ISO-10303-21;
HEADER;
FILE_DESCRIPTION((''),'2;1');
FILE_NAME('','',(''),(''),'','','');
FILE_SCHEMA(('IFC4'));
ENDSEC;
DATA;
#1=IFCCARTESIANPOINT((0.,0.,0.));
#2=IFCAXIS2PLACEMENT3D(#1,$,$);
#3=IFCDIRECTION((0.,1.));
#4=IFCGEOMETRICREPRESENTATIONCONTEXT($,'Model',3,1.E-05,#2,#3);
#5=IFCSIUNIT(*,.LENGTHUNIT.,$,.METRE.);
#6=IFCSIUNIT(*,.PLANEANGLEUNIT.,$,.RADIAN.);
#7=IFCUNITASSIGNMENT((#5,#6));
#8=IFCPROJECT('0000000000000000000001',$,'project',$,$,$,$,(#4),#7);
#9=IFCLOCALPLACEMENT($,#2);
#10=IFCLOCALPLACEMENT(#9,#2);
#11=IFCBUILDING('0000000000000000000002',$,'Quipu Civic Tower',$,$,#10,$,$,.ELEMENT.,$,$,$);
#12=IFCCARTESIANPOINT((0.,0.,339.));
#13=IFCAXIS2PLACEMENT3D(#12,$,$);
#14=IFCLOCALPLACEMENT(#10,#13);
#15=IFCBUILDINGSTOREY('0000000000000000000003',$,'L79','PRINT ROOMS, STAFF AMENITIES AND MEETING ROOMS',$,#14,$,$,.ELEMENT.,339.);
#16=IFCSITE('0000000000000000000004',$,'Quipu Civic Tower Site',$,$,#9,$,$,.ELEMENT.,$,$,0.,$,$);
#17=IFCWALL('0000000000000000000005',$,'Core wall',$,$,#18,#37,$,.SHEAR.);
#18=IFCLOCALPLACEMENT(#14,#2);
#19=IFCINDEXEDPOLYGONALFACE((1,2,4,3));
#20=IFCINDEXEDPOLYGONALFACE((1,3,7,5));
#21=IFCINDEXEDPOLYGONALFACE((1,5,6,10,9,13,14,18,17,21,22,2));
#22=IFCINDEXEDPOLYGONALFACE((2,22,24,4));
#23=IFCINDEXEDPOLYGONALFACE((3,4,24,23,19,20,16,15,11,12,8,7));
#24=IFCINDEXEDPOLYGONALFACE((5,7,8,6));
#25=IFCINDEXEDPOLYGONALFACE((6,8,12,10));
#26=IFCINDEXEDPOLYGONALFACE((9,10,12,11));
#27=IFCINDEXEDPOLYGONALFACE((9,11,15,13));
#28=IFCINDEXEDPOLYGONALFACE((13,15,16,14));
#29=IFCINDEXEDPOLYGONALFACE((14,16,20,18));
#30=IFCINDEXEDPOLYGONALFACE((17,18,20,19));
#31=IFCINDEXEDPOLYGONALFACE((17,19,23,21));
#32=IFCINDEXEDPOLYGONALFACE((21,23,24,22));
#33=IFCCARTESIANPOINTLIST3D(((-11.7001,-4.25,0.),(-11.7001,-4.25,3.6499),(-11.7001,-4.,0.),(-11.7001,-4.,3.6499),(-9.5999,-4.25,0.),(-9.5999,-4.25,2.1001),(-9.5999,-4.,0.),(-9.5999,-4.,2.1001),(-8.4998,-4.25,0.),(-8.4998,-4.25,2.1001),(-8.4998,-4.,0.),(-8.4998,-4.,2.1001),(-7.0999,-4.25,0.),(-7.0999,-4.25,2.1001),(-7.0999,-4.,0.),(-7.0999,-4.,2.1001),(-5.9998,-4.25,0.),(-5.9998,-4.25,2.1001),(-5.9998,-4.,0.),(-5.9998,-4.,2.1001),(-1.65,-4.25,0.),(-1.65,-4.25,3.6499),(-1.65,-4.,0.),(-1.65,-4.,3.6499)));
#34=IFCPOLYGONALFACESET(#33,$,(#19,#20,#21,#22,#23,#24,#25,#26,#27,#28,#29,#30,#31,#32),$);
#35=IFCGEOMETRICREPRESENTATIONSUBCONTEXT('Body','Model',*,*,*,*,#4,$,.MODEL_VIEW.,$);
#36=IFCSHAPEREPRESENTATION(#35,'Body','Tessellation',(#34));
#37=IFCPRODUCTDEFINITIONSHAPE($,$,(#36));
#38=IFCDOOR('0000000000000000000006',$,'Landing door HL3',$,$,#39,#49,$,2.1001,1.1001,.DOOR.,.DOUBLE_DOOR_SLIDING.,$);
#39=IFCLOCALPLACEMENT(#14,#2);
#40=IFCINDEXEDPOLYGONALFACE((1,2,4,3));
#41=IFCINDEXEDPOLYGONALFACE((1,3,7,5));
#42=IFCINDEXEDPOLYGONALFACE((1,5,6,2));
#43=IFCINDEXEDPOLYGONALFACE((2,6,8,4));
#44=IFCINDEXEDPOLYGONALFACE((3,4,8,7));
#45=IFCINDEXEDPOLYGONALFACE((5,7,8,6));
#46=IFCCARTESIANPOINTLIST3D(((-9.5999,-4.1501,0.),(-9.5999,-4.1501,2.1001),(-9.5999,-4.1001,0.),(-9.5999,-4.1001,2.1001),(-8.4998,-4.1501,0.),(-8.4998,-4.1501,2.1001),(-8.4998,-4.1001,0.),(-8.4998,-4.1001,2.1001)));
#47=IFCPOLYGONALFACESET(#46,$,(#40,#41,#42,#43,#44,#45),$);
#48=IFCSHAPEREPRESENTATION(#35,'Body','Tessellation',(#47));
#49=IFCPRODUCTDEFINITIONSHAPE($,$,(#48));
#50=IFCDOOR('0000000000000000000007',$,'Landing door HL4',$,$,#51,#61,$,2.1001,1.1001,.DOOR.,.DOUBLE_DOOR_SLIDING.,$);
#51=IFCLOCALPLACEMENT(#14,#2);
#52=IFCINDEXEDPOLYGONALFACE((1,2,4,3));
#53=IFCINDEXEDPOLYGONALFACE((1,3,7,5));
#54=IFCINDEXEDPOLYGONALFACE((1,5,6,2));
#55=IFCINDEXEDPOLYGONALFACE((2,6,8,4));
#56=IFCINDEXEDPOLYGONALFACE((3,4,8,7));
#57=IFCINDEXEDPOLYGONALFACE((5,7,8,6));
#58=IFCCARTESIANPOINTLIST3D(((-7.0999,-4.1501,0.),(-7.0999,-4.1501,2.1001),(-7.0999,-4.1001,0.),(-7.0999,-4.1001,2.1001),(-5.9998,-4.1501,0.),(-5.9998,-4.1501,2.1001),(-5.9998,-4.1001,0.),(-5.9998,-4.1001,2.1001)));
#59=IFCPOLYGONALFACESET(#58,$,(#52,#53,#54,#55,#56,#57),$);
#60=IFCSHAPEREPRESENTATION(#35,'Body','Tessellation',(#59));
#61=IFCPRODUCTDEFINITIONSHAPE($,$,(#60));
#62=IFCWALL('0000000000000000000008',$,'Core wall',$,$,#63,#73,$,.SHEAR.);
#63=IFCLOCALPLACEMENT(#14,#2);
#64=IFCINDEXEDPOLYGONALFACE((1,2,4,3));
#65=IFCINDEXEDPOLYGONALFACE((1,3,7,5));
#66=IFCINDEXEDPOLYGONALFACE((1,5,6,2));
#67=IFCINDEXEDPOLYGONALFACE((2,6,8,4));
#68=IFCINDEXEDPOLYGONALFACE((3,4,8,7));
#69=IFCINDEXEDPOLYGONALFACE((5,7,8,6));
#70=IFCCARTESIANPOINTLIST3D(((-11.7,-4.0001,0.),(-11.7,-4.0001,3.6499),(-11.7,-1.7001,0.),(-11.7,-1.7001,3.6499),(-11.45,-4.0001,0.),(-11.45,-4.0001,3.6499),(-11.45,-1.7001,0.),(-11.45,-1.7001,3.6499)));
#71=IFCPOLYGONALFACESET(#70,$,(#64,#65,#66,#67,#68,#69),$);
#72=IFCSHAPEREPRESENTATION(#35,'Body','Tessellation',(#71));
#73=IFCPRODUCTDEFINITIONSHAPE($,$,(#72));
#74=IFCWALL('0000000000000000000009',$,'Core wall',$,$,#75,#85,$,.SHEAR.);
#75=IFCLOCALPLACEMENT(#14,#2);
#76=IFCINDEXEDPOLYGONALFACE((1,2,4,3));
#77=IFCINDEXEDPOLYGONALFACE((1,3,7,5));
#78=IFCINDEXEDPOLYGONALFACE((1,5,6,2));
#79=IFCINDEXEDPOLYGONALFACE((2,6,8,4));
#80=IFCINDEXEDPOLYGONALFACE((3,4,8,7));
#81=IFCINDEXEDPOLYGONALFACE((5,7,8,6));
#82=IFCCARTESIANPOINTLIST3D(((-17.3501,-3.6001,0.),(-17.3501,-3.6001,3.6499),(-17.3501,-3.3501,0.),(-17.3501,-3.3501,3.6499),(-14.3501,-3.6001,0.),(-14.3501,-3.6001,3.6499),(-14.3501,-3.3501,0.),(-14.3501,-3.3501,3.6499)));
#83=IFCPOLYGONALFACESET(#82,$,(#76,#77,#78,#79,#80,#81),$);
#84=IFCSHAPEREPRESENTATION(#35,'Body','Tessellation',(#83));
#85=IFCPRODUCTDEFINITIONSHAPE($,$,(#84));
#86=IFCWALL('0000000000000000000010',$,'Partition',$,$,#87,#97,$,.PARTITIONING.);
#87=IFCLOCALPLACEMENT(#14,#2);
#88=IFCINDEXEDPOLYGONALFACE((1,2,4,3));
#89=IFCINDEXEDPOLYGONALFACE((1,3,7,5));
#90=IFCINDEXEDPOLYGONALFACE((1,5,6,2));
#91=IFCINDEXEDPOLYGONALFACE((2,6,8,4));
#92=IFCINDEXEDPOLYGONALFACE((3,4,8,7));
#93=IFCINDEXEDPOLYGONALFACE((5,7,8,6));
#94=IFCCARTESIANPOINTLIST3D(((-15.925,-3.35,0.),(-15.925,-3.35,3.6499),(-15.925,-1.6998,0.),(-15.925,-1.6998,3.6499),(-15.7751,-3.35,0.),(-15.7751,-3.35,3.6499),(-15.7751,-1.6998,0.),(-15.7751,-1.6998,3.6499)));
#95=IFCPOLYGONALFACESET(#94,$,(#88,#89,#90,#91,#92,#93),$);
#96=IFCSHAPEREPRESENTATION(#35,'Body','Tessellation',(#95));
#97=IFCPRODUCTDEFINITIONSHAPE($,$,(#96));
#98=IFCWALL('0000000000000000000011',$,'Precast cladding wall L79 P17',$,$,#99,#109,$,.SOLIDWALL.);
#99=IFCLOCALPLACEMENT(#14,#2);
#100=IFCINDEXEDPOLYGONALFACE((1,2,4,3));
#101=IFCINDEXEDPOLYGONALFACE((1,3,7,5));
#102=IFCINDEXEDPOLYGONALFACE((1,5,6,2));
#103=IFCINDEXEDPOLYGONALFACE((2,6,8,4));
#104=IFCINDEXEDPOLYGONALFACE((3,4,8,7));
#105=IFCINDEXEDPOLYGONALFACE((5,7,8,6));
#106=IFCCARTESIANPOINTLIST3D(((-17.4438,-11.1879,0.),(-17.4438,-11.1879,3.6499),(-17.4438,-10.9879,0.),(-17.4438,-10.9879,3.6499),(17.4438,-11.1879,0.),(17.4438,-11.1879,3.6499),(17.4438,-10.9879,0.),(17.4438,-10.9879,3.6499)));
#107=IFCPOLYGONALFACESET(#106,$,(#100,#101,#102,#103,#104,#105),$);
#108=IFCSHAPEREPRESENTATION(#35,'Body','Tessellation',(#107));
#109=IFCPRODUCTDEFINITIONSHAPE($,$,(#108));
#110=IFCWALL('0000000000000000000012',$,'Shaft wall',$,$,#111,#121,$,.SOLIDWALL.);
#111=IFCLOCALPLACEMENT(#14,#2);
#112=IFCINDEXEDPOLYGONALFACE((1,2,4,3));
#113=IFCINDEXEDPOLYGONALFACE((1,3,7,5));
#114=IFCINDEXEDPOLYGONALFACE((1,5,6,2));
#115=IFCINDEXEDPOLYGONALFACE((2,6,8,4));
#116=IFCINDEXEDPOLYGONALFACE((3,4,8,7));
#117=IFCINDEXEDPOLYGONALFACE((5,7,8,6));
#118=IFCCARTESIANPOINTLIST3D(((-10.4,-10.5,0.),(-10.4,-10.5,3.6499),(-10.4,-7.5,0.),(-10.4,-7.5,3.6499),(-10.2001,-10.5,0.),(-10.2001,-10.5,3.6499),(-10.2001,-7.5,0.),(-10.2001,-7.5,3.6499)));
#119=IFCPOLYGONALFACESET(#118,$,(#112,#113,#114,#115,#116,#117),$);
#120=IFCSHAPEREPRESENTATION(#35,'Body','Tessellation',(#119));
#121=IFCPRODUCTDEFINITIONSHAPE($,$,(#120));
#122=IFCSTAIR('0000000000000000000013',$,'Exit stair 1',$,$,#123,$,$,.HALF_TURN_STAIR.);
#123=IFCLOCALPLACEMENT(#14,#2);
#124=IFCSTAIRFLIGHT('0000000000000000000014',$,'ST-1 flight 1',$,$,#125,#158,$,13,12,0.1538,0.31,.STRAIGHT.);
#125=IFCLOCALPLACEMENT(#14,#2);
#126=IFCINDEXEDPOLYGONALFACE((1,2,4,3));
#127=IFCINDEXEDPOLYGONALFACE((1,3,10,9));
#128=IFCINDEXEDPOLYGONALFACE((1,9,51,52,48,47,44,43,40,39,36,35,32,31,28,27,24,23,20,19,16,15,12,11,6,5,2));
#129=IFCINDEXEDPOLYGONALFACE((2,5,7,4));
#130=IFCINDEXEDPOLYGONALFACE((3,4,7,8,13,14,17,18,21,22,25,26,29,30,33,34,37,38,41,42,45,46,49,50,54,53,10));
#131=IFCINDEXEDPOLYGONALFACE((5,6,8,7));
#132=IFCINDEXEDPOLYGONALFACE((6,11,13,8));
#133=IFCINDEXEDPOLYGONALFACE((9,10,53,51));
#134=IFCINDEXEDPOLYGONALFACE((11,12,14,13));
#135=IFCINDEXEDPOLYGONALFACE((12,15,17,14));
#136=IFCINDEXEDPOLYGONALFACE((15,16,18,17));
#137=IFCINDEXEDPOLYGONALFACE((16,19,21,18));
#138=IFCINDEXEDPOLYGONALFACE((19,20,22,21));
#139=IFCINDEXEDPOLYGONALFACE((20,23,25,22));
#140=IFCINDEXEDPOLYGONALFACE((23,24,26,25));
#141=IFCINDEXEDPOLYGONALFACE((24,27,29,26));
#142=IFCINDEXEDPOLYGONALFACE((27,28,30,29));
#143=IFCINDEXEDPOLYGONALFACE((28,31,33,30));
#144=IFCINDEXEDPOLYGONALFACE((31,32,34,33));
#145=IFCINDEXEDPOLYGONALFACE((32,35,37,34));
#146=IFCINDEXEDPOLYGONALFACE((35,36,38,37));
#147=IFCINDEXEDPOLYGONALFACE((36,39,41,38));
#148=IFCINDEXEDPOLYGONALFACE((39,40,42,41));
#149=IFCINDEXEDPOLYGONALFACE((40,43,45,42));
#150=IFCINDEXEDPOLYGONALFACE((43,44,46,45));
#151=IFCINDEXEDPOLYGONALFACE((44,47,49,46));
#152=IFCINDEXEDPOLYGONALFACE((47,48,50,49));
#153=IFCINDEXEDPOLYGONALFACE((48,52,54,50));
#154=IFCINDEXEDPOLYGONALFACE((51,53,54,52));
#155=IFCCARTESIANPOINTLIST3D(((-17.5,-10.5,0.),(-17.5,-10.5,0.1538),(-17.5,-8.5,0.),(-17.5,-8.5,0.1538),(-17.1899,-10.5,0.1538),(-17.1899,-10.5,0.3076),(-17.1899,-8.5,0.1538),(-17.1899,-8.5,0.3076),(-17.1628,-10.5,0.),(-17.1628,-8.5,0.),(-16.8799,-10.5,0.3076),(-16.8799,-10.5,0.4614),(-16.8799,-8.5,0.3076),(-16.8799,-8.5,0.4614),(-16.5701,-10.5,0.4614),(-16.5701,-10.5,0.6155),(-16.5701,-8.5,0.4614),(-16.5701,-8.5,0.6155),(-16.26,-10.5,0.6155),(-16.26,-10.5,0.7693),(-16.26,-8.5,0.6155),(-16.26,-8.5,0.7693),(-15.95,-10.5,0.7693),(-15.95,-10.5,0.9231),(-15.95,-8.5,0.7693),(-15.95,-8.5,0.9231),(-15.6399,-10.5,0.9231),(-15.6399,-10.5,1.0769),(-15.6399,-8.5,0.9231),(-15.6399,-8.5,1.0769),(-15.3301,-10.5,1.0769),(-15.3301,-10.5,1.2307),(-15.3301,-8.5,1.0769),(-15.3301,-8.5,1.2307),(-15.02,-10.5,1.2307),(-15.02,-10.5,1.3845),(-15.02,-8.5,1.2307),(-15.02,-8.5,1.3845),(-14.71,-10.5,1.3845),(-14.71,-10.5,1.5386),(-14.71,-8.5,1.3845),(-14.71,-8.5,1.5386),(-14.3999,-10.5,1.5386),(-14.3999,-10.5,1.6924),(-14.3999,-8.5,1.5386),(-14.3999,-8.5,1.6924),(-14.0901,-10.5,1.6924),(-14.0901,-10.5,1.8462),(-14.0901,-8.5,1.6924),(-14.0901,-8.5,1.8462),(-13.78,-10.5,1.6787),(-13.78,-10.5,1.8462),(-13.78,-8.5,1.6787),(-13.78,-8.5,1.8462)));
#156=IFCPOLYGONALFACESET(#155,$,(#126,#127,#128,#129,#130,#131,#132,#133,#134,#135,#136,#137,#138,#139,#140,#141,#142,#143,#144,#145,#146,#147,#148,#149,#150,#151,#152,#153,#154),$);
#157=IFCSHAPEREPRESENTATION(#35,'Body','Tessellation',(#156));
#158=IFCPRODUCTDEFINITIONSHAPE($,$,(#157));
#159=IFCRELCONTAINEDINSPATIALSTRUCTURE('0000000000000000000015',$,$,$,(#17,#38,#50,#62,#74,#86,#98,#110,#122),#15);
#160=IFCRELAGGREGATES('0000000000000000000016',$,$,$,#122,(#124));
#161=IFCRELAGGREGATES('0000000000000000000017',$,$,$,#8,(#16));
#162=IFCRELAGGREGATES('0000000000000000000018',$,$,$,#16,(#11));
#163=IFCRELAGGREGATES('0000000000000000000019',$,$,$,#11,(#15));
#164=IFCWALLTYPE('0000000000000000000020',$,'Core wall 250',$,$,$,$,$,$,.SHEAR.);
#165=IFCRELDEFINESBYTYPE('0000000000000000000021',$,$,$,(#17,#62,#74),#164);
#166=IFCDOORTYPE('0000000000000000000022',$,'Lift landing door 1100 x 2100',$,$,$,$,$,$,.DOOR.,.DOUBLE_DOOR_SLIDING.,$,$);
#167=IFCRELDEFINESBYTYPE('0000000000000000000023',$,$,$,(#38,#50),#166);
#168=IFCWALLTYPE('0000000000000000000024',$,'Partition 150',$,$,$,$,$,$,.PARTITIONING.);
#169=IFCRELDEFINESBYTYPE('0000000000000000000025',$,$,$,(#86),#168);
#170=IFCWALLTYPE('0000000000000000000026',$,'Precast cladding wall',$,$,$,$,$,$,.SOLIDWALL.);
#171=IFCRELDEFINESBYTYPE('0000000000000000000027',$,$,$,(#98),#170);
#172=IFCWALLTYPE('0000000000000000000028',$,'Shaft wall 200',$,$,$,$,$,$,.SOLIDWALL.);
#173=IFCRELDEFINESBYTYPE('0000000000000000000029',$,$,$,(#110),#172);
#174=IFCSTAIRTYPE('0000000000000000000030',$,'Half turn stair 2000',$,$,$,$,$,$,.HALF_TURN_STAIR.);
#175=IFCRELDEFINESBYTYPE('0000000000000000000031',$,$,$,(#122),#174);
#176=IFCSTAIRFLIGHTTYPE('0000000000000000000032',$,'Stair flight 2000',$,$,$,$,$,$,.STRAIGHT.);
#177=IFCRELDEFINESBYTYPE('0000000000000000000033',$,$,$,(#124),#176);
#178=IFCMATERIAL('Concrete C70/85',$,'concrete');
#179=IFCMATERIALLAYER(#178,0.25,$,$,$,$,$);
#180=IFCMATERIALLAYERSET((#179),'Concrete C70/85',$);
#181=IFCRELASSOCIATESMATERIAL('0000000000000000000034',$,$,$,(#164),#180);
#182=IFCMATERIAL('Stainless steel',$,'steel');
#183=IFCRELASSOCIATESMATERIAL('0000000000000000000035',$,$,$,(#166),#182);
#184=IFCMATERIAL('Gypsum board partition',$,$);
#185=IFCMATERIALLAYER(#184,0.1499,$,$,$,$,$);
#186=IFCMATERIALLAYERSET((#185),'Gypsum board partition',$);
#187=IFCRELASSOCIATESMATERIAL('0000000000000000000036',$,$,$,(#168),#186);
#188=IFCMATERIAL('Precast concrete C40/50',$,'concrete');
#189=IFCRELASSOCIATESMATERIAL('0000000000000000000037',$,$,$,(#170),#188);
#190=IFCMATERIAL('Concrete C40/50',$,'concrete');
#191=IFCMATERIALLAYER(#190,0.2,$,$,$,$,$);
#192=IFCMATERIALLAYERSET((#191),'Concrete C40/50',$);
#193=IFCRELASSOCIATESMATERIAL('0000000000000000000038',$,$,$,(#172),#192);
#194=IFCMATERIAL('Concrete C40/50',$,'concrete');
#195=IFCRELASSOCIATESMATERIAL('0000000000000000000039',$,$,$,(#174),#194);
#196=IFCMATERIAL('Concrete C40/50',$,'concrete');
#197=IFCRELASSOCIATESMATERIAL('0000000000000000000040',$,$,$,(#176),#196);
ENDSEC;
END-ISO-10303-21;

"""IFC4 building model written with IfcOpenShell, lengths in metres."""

from ifc_helpers import new_model, si_unit, direction, frame, frame_2d, origin, place, context, subcontext, project, spatial, polyline, rectangle, outline, extrude, material, layer, layer_set, type_object, element, fill, aggregate, save


model = new_model("IFC4")

# Units and contexts
model_context = context("Model", 3, precision=1e-05, world=origin(), true_north=direction((0.0, 1.0)))
body_context = subcontext(model_context, "Body", "Model", "MODEL_VIEW")
ifc_project = project(units=[si_unit("LENGTHUNIT", "METRE"), si_unit("PLANEANGLEUNIT", "RADIAN")], contexts=[model_context])

# Site, building, storey
site_placement = place(None, origin())
site = spatial("IfcSite", under=ifc_project, at=site_placement, Name="Quipu Civic Tower Site", CompositionType="ELEMENT", RefElevation=0.0)
building_placement = place(site_placement, origin())
building = spatial("IfcBuilding", under=site, at=building_placement, Name="Quipu Civic Tower", CompositionType="ELEMENT")
storey_placement = place(building_placement, frame((0.0, 0.0, 339.0)))
storey = spatial("IfcBuildingStorey", under=building, at=storey_placement, Name="L79", Description="PRINT ROOMS, STAFF AMENITIES AND MEETING ROOMS", CompositionType="ELEMENT", Elevation=339.0)

# Shared definitions
ifc_material_1 = material(Name="Concrete C70/85", Category="concrete")
ifc_layer_1 = layer(ifc_material_1, 0.25)
ifc_layer_set_1 = layer_set([ifc_layer_1], Name="Concrete C70/85")
wall_type_1 = type_object("IfcWallType", Name="Core wall 250", PredefinedType="SHEAR", material=ifc_layer_set_1)

# Wall, openings, doors
wall_1_placement = place(storey_placement, frame((-11.7, -4.125, 0.0), z_axis=(0.0, 0.0, 1.0), x_axis=(1.0, 0.0, 0.0)))
wall_1 = element("IfcWall", 1, at=wall_1_placement, inside=storey, type_object=wall_type_1, Name="Core wall", PredefinedType="SHEAR", context=body_context, shape_type="SweptSolid", body=[
    extrude(rectangle(XDim=10.05, YDim=0.25, at=frame_2d((5.0249, 0.0))), origin(), (0.0, 0.0, 1.0), 3.6499),
])
opening_1_placement = place(wall_1_placement, frame((2.1001, 0.0, 0.0)))
opening_1 = element("IfcOpeningElement", 2, at=opening_1_placement, cuts=wall_1, PredefinedType="OPENING", context=body_context, shape_type="SweptSolid", body=[
    extrude(rectangle(XDim=1.1001, YDim=2.1001, at=frame_2d((0.55, 1.05))), frame((0.0, 0.135, 0.0), z_axis=(0.0, -1.0, 0.0), x_axis=(1.0, 0.0, 0.0)), (0.0, 0.0, 1.0), 0.27),
])
opening_2_placement = place(wall_1_placement, frame((4.6001, 0.0, 0.0)))
opening_2 = element("IfcOpeningElement", 3, at=opening_2_placement, cuts=wall_1, PredefinedType="OPENING", context=body_context, shape_type="SweptSolid", body=[
    extrude(rectangle(XDim=1.1001, YDim=2.1001, at=frame_2d((0.55, 1.05))), frame((0.0, 0.135, 0.0), z_axis=(0.0, -1.0, 0.0), x_axis=(1.0, 0.0, 0.0)), (0.0, 0.0, 1.0), 0.27),
])
ifc_material_2 = material(Name="Stainless steel", Category="steel")
door_type_1 = type_object("IfcDoorType", Name="Lift landing door 1100 x 2100", OperationType="DOUBLE_DOOR_SLIDING", PredefinedType="DOOR", material=ifc_material_2)
door_1_placement = place(opening_1_placement, origin())
door_1 = element("IfcDoor", 4, at=door_1_placement, inside=storey, type_object=door_type_1, Name="Landing door HL3", OperationType="DOUBLE_DOOR_SLIDING", OverallHeight=2.1001, OverallWidth=1.1001, PredefinedType="DOOR", context=body_context, shape_type="SweptSolid", body=[
    extrude(rectangle(XDim=1.1001, YDim=2.1001, at=frame_2d((0.55, 1.05))), frame((0.0, 0.0249, 0.0), z_axis=(0.0, -1.0, 0.0), x_axis=(1.0, 0.0, 0.0)), (0.0, 0.0, 1.0), 0.05),
])
fill(opening_1, door_1)
door_2_placement = place(opening_2_placement, origin())
door_2 = element("IfcDoor", 5, at=door_2_placement, inside=storey, type_object=door_type_1, Name="Landing door HL4", OperationType="DOUBLE_DOOR_SLIDING", OverallHeight=2.1001, OverallWidth=1.1001, PredefinedType="DOOR", context=body_context, shape_type="SweptSolid", body=[
    extrude(rectangle(XDim=1.1001, YDim=2.1001, at=frame_2d((0.55, 1.05))), frame((0.0, 0.0249, 0.0), z_axis=(0.0, -1.0, 0.0), x_axis=(1.0, 0.0, 0.0)), (0.0, 0.0, 1.0), 0.05),
])
fill(opening_2, door_2)

# Walls
wall_2_placement = place(storey_placement, frame((-11.575, -4.0, 0.0), z_axis=(0.0, 0.0, 1.0), x_axis=(0.0, 1.0, 0.0)))
element("IfcWall", 6, at=wall_2_placement, inside=storey, type_object=wall_type_1, Name="Core wall", PredefinedType="SHEAR", context=body_context, shape_type="SweptSolid", body=[
    extrude(rectangle(XDim=2.3, YDim=0.25, at=frame_2d((1.1499, 0.0))), origin(), (0.0, 0.0, 1.0), 3.6499),
])
wall_3_placement = place(storey_placement, frame((-17.3501, -3.4751, 0.0), z_axis=(0.0, 0.0, 1.0), x_axis=(1.0, 0.0, 0.0)))
element("IfcWall", 7, at=wall_3_placement, inside=storey, type_object=wall_type_1, Name="Core wall", PredefinedType="SHEAR", context=body_context, shape_type="SweptSolid", body=[
    extrude(rectangle(XDim=3.0, YDim=0.25, at=frame_2d((1.5, 0.0))), origin(), (0.0, 0.0, 1.0), 3.6499),
])
ifc_material_3 = material(Name="Gypsum board partition")
ifc_layer_2 = layer(ifc_material_3, 0.1499)
ifc_layer_set_2 = layer_set([ifc_layer_2], Name="Gypsum board partition")
wall_type_2 = type_object("IfcWallType", Name="Partition 150", PredefinedType="PARTITIONING", material=ifc_layer_set_2)
wall_4_placement = place(storey_placement, frame((-15.8501, -3.3501, 0.0), z_axis=(0.0, 0.0, 1.0), x_axis=(0.0, 1.0, 0.0)))
element("IfcWall", 8, at=wall_4_placement, inside=storey, type_object=wall_type_2, Name="Partition", PredefinedType="PARTITIONING", context=body_context, shape_type="SweptSolid", body=[
    extrude(rectangle(XDim=1.6501, YDim=0.1499, at=frame_2d((0.8252, 0.0))), origin(), (0.0, 0.0, 1.0), 3.6499),
])
ifc_material_4 = material(Name="Precast concrete C40/50", Category="concrete")
wall_type_3 = type_object("IfcWallType", Name="Precast cladding wall", PredefinedType="SOLIDWALL", material=ifc_material_4)
wall_5_placement = place(storey_placement, frame((-17.4438, -11.0879, 0.0), z_axis=(0.0, 0.0, 1.0), x_axis=(1.0, 0.0, 0.0)))
element("IfcWall", 9, at=wall_5_placement, inside=storey, type_object=wall_type_3, Name="Precast cladding wall L79 P17", PredefinedType="SOLIDWALL", context=body_context, shape_type="SweptSolid", body=[
    extrude(rectangle(XDim=34.8877, YDim=0.2, at=frame_2d((17.4438, 0.0))), origin(), (0.0, 0.0, 1.0), 3.6499),
])
ifc_material_5 = material(Name="Concrete C40/50", Category="concrete")
ifc_layer_3 = layer(ifc_material_5, 0.2)
ifc_layer_set_3 = layer_set([ifc_layer_3], Name="Concrete C40/50")
wall_type_4 = type_object("IfcWallType", Name="Shaft wall 200", PredefinedType="SOLIDWALL", material=ifc_layer_set_3)
wall_6_placement = place(storey_placement, frame((-10.3, -10.5, 0.0), z_axis=(0.0, 0.0, 1.0), x_axis=(0.0, 1.0, 0.0)))
element("IfcWall", 10, at=wall_6_placement, inside=storey, type_object=wall_type_4, Name="Shaft wall", PredefinedType="SOLIDWALL", context=body_context, shape_type="SweptSolid", body=[
    extrude(rectangle(XDim=3.0, YDim=0.2, at=frame_2d((1.5, 0.0))), origin(), (0.0, 0.0, 1.0), 3.6499),
])

# Stair, stair flight
ifc_material_6 = material(Name="Concrete C40/50", Category="concrete")
stair_type = type_object("IfcStairType", Name="Half turn stair 2000", PredefinedType="HALF_TURN_STAIR", material=ifc_material_6)
stair_placement = place(storey_placement, origin())
stair = element("IfcStair", 11, at=stair_placement, inside=storey, type_object=stair_type, Name="Exit stair 1", PredefinedType="HALF_TURN_STAIR")
ifc_material_7 = material(Name="Concrete C40/50", Category="concrete")
stair_flight_type = type_object("IfcStairFlightType", Name="Stair flight 2000", PredefinedType="STRAIGHT", material=ifc_material_7)
stair_flight_1_placement = place(storey_placement, frame((-17.5, -9.5, 0.0), z_axis=(0.0, 0.0, 1.0), x_axis=(1.0, 0.0, 0.0)))
stair_flight_1 = element("IfcStairFlight", 12, at=stair_flight_1_placement, type_object=stair_flight_type, Name="ST-1 flight 1", NumberOfRisers=13, NumberOfTreads=12, PredefinedType="STRAIGHT", RiserHeight=0.1538, TreadLength=0.31, context=body_context, shape_type="SweptSolid", body=[
    extrude(outline(polyline([(0.0, 0.0), (0.0, 0.1538), (0.3101, 0.1538), (0.3101, 0.3076), (0.6201, 0.3076), (0.6201, 0.4614), (0.9299, 0.4614), (0.9299, 0.6155), (1.24, 0.6155), (1.24, 0.7693), (1.55, 0.7693), (1.55, 0.9231), (1.8601, 0.9231), (1.8601, 1.0769), (2.1699, 1.0769), (2.1699, 1.2307), (2.48, 1.2307), (2.48, 1.3845), (2.79, 1.3845), (2.79, 1.5386), (3.1001, 1.5386), (3.1001, 1.6924), (3.4099, 1.6924), (3.4099, 1.8462), (3.72, 1.8462), (3.72, 2.0), (3.72, 1.6787), (0.3372, 0.0), (0.0, 0.0)])), frame((0.0, 1.0, 0.0), z_axis=(0.0, -1.0, 0.0), x_axis=(1.0, 0.0, 0.0)), (0.0, 0.0, 1.0), 2.0),
])
aggregate(stair, [stair_flight_1])

save(model, "model.ifc")
